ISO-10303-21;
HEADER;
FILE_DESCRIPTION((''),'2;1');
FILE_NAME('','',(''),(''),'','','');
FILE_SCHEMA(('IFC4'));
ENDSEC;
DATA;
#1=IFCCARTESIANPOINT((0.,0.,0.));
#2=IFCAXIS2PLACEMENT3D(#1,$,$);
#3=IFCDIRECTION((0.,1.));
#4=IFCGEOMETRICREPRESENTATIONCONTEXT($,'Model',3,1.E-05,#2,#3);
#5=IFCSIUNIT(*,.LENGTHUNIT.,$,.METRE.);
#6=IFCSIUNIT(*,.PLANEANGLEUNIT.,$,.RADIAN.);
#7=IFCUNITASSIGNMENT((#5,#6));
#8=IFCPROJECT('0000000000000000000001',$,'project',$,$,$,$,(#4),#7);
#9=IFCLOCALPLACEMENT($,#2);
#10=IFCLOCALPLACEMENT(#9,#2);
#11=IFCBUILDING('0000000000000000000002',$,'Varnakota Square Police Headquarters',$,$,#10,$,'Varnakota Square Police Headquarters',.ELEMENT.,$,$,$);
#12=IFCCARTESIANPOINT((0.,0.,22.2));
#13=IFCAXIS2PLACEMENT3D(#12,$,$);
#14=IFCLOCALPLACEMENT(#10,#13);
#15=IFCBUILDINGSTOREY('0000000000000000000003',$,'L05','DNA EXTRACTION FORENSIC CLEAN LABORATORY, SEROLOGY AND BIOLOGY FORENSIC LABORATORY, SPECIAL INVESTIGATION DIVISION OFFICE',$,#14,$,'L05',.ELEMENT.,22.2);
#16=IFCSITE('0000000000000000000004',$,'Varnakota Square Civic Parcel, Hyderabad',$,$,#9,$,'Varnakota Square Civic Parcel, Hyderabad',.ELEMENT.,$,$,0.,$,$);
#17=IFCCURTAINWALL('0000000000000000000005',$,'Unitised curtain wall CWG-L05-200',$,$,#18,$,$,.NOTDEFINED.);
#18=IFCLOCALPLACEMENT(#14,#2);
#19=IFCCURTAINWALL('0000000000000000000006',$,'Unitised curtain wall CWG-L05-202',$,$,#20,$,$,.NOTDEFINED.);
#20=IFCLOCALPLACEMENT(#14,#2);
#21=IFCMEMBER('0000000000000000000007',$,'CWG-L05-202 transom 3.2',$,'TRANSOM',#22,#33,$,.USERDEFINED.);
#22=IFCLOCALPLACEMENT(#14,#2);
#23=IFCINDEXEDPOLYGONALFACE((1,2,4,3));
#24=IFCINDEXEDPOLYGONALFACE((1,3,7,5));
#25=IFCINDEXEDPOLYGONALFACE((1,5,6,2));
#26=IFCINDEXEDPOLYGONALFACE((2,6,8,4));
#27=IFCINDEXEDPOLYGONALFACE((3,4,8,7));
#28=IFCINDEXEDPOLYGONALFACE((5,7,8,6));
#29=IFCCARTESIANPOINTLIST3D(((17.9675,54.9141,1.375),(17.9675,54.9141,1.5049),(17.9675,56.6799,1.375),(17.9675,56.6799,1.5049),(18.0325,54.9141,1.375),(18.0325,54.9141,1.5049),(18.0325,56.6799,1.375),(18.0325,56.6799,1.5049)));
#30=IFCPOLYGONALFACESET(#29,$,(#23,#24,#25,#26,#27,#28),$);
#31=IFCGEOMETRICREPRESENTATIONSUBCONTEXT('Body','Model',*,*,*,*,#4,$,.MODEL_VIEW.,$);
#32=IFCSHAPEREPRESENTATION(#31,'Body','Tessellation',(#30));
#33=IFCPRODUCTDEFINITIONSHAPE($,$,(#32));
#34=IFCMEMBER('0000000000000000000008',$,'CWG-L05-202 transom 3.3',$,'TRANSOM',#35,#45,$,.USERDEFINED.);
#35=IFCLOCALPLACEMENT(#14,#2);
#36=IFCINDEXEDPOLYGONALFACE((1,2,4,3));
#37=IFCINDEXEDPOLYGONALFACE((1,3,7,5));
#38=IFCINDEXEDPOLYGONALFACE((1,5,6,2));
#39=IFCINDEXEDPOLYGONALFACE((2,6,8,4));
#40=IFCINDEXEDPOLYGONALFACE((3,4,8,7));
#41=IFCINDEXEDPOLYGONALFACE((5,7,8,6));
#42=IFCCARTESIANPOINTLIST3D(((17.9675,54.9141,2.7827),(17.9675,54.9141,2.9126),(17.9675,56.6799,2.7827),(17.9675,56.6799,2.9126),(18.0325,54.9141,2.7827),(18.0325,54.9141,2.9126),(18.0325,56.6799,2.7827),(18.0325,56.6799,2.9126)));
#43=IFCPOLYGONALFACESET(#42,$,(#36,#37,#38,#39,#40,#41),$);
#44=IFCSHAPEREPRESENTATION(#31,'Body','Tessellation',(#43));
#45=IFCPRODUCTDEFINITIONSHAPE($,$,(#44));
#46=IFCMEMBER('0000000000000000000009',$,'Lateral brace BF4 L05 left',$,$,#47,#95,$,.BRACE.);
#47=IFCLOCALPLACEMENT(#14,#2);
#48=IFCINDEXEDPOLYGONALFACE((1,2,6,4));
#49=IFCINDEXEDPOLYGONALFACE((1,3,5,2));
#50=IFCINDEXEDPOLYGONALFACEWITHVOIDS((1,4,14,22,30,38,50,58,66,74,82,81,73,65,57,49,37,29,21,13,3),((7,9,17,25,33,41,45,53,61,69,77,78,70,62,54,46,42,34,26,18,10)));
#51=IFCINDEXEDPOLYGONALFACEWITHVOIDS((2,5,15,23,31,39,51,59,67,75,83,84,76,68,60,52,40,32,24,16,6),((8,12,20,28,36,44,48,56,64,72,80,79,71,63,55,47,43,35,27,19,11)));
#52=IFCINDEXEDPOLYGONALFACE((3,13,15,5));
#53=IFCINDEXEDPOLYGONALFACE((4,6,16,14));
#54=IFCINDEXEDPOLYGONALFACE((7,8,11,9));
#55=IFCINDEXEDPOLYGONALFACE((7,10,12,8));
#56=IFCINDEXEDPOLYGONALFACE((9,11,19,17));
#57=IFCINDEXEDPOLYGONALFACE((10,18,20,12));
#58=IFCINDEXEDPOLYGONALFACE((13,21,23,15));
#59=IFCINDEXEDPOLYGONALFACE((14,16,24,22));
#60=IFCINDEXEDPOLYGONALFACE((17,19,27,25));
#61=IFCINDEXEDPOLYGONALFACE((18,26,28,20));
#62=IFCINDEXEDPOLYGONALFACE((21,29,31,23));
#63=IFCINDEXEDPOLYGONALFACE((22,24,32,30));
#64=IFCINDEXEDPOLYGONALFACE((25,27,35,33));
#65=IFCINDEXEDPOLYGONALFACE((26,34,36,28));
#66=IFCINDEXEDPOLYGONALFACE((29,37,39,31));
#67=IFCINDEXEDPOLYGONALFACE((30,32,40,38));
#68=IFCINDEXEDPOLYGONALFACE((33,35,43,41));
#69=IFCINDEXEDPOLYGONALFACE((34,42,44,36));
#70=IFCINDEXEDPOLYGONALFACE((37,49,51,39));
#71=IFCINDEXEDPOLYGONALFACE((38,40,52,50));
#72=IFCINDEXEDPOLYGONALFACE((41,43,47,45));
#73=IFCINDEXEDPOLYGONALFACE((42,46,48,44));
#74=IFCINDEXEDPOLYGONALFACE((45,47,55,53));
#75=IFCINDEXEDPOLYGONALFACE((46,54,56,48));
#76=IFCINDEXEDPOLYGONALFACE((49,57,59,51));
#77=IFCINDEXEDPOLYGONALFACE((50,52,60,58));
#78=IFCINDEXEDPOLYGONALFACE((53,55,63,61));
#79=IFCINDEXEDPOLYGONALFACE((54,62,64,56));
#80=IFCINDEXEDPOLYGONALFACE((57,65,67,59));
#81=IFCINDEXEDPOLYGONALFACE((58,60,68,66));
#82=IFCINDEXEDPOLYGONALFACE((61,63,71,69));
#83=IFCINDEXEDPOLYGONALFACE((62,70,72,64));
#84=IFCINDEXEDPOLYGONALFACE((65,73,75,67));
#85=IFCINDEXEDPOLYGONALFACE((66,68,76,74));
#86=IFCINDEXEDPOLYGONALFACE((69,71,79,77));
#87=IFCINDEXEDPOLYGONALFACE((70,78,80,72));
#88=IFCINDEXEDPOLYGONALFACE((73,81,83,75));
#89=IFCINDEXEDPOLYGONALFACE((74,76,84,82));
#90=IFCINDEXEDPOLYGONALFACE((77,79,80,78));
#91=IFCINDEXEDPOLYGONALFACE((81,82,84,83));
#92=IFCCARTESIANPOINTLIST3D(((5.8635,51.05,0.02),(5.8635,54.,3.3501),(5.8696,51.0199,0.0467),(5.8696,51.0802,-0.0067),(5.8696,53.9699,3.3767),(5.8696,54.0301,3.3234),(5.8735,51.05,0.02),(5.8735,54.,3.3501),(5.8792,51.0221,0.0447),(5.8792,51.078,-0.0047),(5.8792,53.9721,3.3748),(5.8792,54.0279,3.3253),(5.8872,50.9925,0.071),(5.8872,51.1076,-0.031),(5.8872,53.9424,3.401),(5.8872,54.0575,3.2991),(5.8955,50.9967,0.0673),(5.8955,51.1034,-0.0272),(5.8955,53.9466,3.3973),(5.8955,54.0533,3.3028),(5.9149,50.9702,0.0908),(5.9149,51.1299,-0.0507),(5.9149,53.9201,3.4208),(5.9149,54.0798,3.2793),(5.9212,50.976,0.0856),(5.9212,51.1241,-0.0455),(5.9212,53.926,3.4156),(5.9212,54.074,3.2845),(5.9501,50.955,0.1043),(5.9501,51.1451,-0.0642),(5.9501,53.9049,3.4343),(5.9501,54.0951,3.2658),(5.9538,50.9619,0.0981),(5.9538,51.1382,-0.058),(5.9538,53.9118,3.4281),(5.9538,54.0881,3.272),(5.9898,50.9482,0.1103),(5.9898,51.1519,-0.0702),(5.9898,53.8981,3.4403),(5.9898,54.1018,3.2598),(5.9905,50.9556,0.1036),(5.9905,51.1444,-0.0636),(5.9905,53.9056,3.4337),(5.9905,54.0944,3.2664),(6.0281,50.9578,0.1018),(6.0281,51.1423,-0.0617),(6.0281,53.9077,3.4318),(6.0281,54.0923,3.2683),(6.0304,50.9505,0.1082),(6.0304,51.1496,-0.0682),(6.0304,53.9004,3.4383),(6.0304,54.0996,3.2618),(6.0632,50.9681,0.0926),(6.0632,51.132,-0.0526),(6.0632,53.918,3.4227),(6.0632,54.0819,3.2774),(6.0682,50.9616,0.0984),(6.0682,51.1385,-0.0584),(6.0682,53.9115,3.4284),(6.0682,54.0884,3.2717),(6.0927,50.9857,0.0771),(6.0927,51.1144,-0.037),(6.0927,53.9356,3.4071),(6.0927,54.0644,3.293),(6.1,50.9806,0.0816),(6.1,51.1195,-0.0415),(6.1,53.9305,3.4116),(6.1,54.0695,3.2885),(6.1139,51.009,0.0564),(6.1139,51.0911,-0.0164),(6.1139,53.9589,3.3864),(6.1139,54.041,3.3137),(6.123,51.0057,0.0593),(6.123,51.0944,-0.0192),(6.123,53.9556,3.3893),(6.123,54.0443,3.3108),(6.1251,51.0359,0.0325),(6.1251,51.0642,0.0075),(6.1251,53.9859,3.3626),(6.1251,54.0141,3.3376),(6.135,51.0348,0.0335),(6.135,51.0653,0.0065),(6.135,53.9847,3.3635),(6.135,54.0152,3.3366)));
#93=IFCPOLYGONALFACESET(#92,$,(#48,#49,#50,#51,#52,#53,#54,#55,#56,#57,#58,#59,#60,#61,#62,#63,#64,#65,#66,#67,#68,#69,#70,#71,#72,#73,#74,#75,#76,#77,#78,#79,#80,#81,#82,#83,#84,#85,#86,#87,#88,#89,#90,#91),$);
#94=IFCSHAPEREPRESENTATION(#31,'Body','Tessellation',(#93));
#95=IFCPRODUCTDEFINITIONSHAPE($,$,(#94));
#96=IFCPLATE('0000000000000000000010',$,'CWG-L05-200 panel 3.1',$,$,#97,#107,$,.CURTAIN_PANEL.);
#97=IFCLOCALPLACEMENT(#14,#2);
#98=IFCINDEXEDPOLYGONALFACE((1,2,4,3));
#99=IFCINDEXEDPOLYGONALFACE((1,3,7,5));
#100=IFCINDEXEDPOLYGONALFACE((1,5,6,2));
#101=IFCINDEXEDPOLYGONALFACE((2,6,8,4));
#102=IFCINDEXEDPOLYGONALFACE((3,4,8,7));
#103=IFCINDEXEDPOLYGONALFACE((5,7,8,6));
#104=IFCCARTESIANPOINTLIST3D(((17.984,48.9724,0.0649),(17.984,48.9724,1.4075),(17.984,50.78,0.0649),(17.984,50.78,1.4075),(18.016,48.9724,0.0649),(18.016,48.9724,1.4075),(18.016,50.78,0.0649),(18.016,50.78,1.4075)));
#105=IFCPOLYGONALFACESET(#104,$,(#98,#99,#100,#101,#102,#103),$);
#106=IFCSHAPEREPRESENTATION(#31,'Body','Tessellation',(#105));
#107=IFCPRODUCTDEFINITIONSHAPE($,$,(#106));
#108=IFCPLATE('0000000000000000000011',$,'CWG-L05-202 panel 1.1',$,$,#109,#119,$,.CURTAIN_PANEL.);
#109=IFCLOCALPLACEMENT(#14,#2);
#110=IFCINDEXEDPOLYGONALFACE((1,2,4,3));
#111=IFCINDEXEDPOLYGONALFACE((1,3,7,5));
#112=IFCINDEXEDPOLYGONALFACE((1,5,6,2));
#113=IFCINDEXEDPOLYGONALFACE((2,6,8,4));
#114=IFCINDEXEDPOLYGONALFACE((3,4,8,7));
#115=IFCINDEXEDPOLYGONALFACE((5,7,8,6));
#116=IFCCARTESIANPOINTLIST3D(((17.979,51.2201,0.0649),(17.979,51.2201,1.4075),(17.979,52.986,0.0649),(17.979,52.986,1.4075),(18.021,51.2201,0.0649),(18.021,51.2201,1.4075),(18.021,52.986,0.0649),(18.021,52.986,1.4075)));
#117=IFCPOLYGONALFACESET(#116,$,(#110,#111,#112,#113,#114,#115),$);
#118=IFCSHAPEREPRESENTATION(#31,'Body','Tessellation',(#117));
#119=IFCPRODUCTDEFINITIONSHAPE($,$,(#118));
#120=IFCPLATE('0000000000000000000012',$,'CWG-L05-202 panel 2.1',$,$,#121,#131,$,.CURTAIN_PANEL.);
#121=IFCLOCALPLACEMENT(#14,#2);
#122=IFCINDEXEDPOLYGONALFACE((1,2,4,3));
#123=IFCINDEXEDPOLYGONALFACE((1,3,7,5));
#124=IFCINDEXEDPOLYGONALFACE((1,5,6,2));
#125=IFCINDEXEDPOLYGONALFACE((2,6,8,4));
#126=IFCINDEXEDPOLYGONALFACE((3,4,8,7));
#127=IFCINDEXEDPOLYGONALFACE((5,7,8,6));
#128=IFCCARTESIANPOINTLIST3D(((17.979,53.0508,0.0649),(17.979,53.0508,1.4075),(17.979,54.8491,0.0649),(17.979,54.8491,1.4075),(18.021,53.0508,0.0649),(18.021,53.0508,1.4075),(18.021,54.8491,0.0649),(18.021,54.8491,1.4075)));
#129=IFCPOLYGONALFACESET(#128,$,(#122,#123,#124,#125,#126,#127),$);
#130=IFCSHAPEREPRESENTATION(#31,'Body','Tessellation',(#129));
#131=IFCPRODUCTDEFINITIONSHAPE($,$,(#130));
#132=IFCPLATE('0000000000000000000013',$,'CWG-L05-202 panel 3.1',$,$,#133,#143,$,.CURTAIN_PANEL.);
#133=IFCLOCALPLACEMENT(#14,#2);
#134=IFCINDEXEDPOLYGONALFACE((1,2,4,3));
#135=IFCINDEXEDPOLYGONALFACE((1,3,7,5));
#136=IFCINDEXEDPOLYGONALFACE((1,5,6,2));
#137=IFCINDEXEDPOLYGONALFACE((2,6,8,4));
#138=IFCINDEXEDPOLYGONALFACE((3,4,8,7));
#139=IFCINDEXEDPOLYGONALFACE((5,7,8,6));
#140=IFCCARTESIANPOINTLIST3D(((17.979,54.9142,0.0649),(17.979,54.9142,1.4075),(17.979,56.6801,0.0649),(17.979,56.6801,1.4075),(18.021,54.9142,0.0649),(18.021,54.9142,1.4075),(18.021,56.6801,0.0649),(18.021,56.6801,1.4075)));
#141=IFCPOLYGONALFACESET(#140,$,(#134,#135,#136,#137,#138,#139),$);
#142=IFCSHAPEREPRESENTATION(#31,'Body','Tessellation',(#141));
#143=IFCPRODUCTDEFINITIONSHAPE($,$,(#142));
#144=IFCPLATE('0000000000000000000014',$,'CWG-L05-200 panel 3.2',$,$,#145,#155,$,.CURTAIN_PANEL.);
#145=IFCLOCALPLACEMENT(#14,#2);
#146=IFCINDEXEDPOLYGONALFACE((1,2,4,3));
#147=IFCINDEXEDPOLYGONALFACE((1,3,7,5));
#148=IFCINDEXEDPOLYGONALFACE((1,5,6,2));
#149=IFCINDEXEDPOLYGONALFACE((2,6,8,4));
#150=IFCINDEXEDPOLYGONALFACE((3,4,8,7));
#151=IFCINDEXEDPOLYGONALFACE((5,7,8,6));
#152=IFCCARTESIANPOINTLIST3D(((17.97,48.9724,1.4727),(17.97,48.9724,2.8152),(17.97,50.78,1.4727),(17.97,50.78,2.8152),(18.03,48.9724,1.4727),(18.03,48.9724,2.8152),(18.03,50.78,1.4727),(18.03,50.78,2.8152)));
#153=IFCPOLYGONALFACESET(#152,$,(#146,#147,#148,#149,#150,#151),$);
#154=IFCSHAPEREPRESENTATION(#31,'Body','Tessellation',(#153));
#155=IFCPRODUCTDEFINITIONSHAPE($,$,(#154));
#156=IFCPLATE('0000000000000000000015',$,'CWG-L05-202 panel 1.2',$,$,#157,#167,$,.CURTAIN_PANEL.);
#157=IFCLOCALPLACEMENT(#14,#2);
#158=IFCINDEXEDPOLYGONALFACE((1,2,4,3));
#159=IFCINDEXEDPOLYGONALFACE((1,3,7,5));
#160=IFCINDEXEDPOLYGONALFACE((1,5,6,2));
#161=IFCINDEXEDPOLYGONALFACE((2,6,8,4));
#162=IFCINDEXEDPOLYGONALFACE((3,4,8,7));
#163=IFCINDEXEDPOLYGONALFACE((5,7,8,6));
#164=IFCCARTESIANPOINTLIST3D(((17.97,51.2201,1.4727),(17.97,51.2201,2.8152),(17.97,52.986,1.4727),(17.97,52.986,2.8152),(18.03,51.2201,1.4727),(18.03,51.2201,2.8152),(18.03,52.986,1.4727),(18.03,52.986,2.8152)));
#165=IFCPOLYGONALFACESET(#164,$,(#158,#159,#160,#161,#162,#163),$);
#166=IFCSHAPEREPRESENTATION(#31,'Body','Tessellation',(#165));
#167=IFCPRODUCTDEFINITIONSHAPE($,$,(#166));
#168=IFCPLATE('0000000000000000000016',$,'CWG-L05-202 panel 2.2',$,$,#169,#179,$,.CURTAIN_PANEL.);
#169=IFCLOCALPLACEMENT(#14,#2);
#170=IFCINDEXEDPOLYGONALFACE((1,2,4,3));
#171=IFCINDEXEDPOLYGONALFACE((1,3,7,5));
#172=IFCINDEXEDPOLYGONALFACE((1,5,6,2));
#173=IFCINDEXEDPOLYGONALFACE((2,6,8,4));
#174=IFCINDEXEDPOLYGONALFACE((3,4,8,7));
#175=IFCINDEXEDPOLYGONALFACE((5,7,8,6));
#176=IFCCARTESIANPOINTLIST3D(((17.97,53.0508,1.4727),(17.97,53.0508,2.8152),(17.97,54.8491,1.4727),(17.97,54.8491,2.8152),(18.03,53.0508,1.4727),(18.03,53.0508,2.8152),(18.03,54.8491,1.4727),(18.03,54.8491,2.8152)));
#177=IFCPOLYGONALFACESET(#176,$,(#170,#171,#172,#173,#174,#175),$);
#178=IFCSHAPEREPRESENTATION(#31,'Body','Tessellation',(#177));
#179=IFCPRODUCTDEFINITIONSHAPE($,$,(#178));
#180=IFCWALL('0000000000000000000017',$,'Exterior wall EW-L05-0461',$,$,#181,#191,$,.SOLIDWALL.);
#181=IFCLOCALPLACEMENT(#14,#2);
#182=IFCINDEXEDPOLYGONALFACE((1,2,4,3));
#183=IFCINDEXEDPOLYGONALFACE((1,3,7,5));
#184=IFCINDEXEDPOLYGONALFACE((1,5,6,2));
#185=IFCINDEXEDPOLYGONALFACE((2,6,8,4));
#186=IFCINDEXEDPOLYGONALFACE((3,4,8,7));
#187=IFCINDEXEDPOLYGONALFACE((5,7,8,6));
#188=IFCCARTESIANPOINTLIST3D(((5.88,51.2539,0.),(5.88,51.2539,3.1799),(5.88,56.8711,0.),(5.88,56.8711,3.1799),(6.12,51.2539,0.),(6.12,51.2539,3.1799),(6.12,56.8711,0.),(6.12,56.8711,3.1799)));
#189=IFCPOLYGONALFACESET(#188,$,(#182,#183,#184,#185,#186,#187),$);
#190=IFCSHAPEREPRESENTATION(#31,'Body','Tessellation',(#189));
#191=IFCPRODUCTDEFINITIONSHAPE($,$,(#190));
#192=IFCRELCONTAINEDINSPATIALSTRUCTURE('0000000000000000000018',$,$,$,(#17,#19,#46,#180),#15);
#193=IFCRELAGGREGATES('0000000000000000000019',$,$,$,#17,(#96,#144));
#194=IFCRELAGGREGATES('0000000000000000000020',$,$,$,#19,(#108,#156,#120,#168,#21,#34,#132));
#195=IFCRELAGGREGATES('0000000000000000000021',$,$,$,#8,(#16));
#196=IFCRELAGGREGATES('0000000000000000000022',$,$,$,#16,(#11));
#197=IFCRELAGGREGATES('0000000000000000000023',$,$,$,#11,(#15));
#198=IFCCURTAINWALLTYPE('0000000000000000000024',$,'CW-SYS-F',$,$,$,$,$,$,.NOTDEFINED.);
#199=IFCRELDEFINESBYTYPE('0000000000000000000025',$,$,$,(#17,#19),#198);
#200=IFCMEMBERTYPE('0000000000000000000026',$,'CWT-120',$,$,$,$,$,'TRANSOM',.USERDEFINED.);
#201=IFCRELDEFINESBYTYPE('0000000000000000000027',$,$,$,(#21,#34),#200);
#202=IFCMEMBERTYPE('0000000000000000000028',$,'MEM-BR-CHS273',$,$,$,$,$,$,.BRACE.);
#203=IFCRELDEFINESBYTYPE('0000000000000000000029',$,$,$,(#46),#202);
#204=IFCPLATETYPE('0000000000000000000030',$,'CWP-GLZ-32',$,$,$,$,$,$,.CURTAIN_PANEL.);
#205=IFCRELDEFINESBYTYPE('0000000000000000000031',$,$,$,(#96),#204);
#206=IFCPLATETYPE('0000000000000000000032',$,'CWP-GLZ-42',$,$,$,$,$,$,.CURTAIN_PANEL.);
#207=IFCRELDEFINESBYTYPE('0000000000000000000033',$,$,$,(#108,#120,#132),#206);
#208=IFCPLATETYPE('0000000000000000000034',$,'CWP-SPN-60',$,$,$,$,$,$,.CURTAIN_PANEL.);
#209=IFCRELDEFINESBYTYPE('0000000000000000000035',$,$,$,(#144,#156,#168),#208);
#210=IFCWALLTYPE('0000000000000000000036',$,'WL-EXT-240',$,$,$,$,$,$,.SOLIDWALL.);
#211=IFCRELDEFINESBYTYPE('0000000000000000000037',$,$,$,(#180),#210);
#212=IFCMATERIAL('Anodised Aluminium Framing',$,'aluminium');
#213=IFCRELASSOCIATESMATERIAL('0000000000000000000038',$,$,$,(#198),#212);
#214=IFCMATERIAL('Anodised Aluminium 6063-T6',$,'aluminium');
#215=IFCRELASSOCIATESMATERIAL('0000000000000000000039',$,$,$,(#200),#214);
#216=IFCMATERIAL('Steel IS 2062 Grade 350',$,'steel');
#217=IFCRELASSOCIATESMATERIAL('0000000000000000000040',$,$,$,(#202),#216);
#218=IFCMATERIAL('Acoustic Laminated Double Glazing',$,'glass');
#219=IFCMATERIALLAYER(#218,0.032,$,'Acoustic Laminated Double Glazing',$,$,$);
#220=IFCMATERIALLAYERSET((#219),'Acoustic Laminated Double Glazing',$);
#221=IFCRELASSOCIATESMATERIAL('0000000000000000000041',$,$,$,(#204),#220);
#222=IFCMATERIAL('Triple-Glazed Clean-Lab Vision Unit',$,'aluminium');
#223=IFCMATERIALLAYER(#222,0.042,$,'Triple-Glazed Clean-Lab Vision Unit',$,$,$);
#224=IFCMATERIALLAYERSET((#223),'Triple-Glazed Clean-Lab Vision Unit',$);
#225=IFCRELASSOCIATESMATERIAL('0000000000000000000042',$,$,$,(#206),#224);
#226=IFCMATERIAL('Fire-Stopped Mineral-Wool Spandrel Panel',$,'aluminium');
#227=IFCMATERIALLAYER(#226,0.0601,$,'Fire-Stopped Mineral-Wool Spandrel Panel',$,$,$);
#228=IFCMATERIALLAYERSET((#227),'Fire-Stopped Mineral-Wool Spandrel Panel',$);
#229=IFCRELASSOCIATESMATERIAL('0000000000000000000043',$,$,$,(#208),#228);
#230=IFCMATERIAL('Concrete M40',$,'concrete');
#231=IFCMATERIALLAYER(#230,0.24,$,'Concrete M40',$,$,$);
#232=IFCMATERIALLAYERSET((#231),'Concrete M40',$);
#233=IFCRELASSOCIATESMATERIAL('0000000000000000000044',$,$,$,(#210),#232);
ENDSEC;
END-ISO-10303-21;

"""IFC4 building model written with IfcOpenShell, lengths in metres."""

from ifc_helpers import new_model, si_unit, direction, frame, frame_2d, origin, origin_2d, place, context, subcontext, project, spatial, rectangle, hollow_circle, extrude, material, layer, layer_set, material_profile, profile_set, type_object, element, aggregate, save


model = new_model("IFC4")

# Units and contexts
model_context = context("Model", 3, precision=1e-05, world=origin(), true_north=direction((0.0, 1.0)))
body_context = subcontext(model_context, "Body", "Model", "MODEL_VIEW")
ifc_project = project(units=[si_unit("LENGTHUNIT", "METRE"), si_unit("PLANEANGLEUNIT", "RADIAN")], contexts=[model_context])

# Site, building, storey
site_placement = place(None, origin())
site = spatial("IfcSite", under=ifc_project, at=site_placement, Name="Varnakota Square Civic Parcel, Hyderabad", LongName="Varnakota Square Civic Parcel, Hyderabad", CompositionType="ELEMENT", RefElevation=0.0)
building_placement = place(site_placement, origin())
building = spatial("IfcBuilding", under=site, at=building_placement, Name="Varnakota Square Police Headquarters", LongName="Varnakota Square Police Headquarters", CompositionType="ELEMENT")
storey_placement = place(building_placement, frame((0.0, 0.0, 22.2)))
storey = spatial("IfcBuildingStorey", under=building, at=storey_placement, Name="L05", Description="DNA EXTRACTION FORENSIC CLEAN LABORATORY, SEROLOGY AND BIOLOGY FORENSIC LABORATORY, SPECIAL INVESTIGATION DIVISION OFFICE", LongName="L05", CompositionType="ELEMENT", Elevation=22.2)

# Shared definitions
ifc_material_1 = material(Name="Steel IS 2062 Grade 350", Category="steel")

# Curtain wall
ifc_material_2 = material(Name="Anodised Aluminium Framing", Category="aluminium")
curtain_wall_type = type_object("IfcCurtainWallType", Name="CW-SYS-F", PredefinedType="NOTDEFINED", material=ifc_material_2)
curtain_wall_1_placement = place(storey_placement, origin())
curtain_wall_1 = element("IfcCurtainWall", 1, at=curtain_wall_1_placement, inside=storey, type_object=curtain_wall_type, Name="Unitised curtain wall CWG-L05-200", PredefinedType="NOTDEFINED")
ifc_material_3 = material(Name="Anodised Aluminium 6063-T6", Category="aluminium")

# Curtain wall, members
curtain_wall_2_placement = place(storey_placement, origin())
curtain_wall_2 = element("IfcCurtainWall", 2, at=curtain_wall_2_placement, inside=storey, type_object=curtain_wall_type, Name="Unitised curtain wall CWG-L05-202", PredefinedType="NOTDEFINED")
ifc_material_profile_1 = material_profile(ifc_material_3, rectangle(XDim=0.0649, YDim=0.1299, at=origin_2d()), Name="ALU TRANSOM 65x130")
ifc_profile_set_1 = profile_set([ifc_material_profile_1], Name="Anodised Aluminium 6063-T6")
member_type_1 = type_object("IfcMemberType", Name="CWT-120", ElementType="TRANSOM", PredefinedType="USERDEFINED", material=ifc_profile_set_1)
member_1_placement = place(storey_placement, frame((18.0, 54.9141, 1.4399), z_axis=(0.0, 1.0, 0.0), x_axis=(-1.0, 0.0, 0.0)))
member_1 = element("IfcMember", 3, at=member_1_placement, type_object=member_type_1, Name="CWG-L05-202 transom 3.2", ObjectType="TRANSOM", PredefinedType="USERDEFINED", context=body_context, shape_type="SweptSolid", body=[
    extrude(rectangle(XDim=0.0649, YDim=0.1299, at=origin_2d()), origin(), (0.0, 0.0, 1.0), 1.7659),
])
member_2_placement = place(storey_placement, frame((18.0, 54.9141, 2.8477), z_axis=(0.0, 1.0, 0.0), x_axis=(-1.0, 0.0, 0.0)))
member_2 = element("IfcMember", 4, at=member_2_placement, type_object=member_type_1, Name="CWG-L05-202 transom 3.3", ObjectType="TRANSOM", PredefinedType="USERDEFINED", context=body_context, shape_type="SweptSolid", body=[
    extrude(rectangle(XDim=0.0649, YDim=0.1299, at=origin_2d()), origin(), (0.0, 0.0, 1.0), 1.7659),
])

# Member
ifc_material_profile_2 = material_profile(ifc_material_1, hollow_circle(Radius=0.1365, WallThickness=0.01, at=origin_2d()), Name="CHS 273.0x10.0")
ifc_profile_set_2 = profile_set([ifc_material_profile_2], Name="Steel IS 2062 Grade 350")
member_type_2 = type_object("IfcMemberType", Name="MEM-BR-CHS273", PredefinedType="BRACE", material=ifc_profile_set_2)
member_3_placement = place(storey_placement, frame((6.0, 51.05, 0.02), z_axis=(0.0, 0.663092, 0.748538), x_axis=(-1.0, 0.0, 0.0)))
element("IfcMember", 5, at=member_3_placement, inside=storey, type_object=member_type_2, Name="Lateral brace BF4 L05 left", PredefinedType="BRACE", context=body_context, shape_type="SweptSolid", body=[
    extrude(hollow_circle(Radius=0.1365, WallThickness=0.01, at=origin_2d()), origin(), (0.0, 0.0, 1.0), 4.4487),
])

# Plates
ifc_material_4 = material(Name="Acoustic Laminated Double Glazing", Category="glass")
ifc_layer_1 = layer(ifc_material_4, 0.032, Name="Acoustic Laminated Double Glazing")
ifc_layer_set_1 = layer_set([ifc_layer_1], Name="Acoustic Laminated Double Glazing")
plate_type_1 = type_object("IfcPlateType", Name="CWP-GLZ-32", PredefinedType="CURTAIN_PANEL", material=ifc_layer_set_1)
plate_1_placement = place(storey_placement, frame((18.0, 49.8762, 0.0649), z_axis=(0.0, 0.0, 1.0), x_axis=(0.0, 1.0, 0.0)))
plate_1 = element("IfcPlate", 6, at=plate_1_placement, type_object=plate_type_1, Name="CWG-L05-200 panel 3.1", PredefinedType="CURTAIN_PANEL", context=body_context, shape_type="SweptSolid", body=[
    extrude(rectangle(XDim=1.8076, YDim=0.032, at=origin_2d()), origin(), (0.0, 0.0, 1.0), 1.3425),
])
ifc_material_5 = material(Name="Triple-Glazed Clean-Lab Vision Unit", Category="aluminium")
ifc_layer_2 = layer(ifc_material_5, 0.042, Name="Triple-Glazed Clean-Lab Vision Unit")
ifc_layer_set_2 = layer_set([ifc_layer_2], Name="Triple-Glazed Clean-Lab Vision Unit")
plate_type_2 = type_object("IfcPlateType", Name="CWP-GLZ-42", PredefinedType="CURTAIN_PANEL", material=ifc_layer_set_2)
plate_2_placement = place(storey_placement, frame((18.0, 52.103, 0.0649), z_axis=(0.0, 0.0, 1.0), x_axis=(0.0, 1.0, 0.0)))
plate_2 = element("IfcPlate", 7, at=plate_2_placement, type_object=plate_type_2, Name="CWG-L05-202 panel 1.1", PredefinedType="CURTAIN_PANEL", context=body_context, shape_type="SweptSolid", body=[
    extrude(rectangle(XDim=1.7659, YDim=0.042, at=origin_2d()), origin(), (0.0, 0.0, 1.0), 1.3425),
])
plate_3_placement = place(storey_placement, frame((18.0, 53.95, 0.0649), z_axis=(0.0, 0.0, 1.0), x_axis=(0.0, 1.0, 0.0)))
plate_3 = element("IfcPlate", 8, at=plate_3_placement, type_object=plate_type_2, Name="CWG-L05-202 panel 2.1", PredefinedType="CURTAIN_PANEL", context=body_context, shape_type="SweptSolid", body=[
    extrude(rectangle(XDim=1.7983, YDim=0.042, at=origin_2d()), origin(), (0.0, 0.0, 1.0), 1.3425),
])
plate_4_placement = place(storey_placement, frame((18.0, 55.7971, 0.0649), z_axis=(0.0, 0.0, 1.0), x_axis=(0.0, 1.0, 0.0)))
plate_4 = element("IfcPlate", 9, at=plate_4_placement, type_object=plate_type_2, Name="CWG-L05-202 panel 3.1", PredefinedType="CURTAIN_PANEL", context=body_context, shape_type="SweptSolid", body=[
    extrude(rectangle(XDim=1.7659, YDim=0.042, at=origin_2d()), origin(), (0.0, 0.0, 1.0), 1.3425),
])
ifc_material_6 = material(Name="Fire-Stopped Mineral-Wool Spandrel Panel", Category="aluminium")
ifc_layer_3 = layer(ifc_material_6, 0.0601, Name="Fire-Stopped Mineral-Wool Spandrel Panel")
ifc_layer_set_3 = layer_set([ifc_layer_3], Name="Fire-Stopped Mineral-Wool Spandrel Panel")
plate_type_3 = type_object("IfcPlateType", Name="CWP-SPN-60", PredefinedType="CURTAIN_PANEL", material=ifc_layer_set_3)
plate_5_placement = place(storey_placement, frame((18.0, 49.8762, 1.4727), z_axis=(0.0, 0.0, 1.0), x_axis=(0.0, 1.0, 0.0)))
plate_5 = element("IfcPlate", 10, at=plate_5_placement, type_object=plate_type_3, Name="CWG-L05-200 panel 3.2", PredefinedType="CURTAIN_PANEL", context=body_context, shape_type="SweptSolid", body=[
    extrude(rectangle(XDim=1.8076, YDim=0.0601, at=origin_2d()), origin(), (0.0, 0.0, 1.0), 1.3425),
])
aggregate(curtain_wall_1, [plate_1, plate_5])
plate_6_placement = place(storey_placement, frame((18.0, 52.103, 1.4727), z_axis=(0.0, 0.0, 1.0), x_axis=(0.0, 1.0, 0.0)))
plate_6 = element("IfcPlate", 11, at=plate_6_placement, type_object=plate_type_3, Name="CWG-L05-202 panel 1.2", PredefinedType="CURTAIN_PANEL", context=body_context, shape_type="SweptSolid", body=[
    extrude(rectangle(XDim=1.7659, YDim=0.0601, at=origin_2d()), origin(), (0.0, 0.0, 1.0), 1.3425),
])
plate_7_placement = place(storey_placement, frame((18.0, 53.95, 1.4727), z_axis=(0.0, 0.0, 1.0), x_axis=(0.0, 1.0, 0.0)))
plate_7 = element("IfcPlate", 12, at=plate_7_placement, type_object=plate_type_3, Name="CWG-L05-202 panel 2.2", PredefinedType="CURTAIN_PANEL", context=body_context, shape_type="SweptSolid", body=[
    extrude(rectangle(XDim=1.7983, YDim=0.0601, at=origin_2d()), origin(), (0.0, 0.0, 1.0), 1.3425),
])
aggregate(curtain_wall_2, [plate_2, plate_6, plate_3, plate_7, member_1, member_2, plate_4])

# Wall
ifc_material_7 = material(Name="Concrete M40", Category="concrete")
ifc_layer_4 = layer(ifc_material_7, 0.24, Name="Concrete M40")
ifc_layer_set_4 = layer_set([ifc_layer_4], Name="Concrete M40")
wall_type = type_object("IfcWallType", Name="WL-EXT-240", PredefinedType="SOLIDWALL", material=ifc_layer_set_4)
wall_placement = place(storey_placement, frame((6.0, 51.2539, 0.0), z_axis=(0.0, 0.0, 1.0), x_axis=(0.0, 1.0, 0.0)))
element("IfcWall", 13, at=wall_placement, inside=storey, type_object=wall_type, Name="Exterior wall EW-L05-0461", PredefinedType="SOLIDWALL", context=body_context, shape_type="SweptSolid", body=[
    extrude(rectangle(XDim=5.6172, YDim=0.24, at=frame_2d((2.8086, 0.0))), origin(), (0.0, 0.0, 1.0), 3.1799),
])

save(model, "model.ifc")
